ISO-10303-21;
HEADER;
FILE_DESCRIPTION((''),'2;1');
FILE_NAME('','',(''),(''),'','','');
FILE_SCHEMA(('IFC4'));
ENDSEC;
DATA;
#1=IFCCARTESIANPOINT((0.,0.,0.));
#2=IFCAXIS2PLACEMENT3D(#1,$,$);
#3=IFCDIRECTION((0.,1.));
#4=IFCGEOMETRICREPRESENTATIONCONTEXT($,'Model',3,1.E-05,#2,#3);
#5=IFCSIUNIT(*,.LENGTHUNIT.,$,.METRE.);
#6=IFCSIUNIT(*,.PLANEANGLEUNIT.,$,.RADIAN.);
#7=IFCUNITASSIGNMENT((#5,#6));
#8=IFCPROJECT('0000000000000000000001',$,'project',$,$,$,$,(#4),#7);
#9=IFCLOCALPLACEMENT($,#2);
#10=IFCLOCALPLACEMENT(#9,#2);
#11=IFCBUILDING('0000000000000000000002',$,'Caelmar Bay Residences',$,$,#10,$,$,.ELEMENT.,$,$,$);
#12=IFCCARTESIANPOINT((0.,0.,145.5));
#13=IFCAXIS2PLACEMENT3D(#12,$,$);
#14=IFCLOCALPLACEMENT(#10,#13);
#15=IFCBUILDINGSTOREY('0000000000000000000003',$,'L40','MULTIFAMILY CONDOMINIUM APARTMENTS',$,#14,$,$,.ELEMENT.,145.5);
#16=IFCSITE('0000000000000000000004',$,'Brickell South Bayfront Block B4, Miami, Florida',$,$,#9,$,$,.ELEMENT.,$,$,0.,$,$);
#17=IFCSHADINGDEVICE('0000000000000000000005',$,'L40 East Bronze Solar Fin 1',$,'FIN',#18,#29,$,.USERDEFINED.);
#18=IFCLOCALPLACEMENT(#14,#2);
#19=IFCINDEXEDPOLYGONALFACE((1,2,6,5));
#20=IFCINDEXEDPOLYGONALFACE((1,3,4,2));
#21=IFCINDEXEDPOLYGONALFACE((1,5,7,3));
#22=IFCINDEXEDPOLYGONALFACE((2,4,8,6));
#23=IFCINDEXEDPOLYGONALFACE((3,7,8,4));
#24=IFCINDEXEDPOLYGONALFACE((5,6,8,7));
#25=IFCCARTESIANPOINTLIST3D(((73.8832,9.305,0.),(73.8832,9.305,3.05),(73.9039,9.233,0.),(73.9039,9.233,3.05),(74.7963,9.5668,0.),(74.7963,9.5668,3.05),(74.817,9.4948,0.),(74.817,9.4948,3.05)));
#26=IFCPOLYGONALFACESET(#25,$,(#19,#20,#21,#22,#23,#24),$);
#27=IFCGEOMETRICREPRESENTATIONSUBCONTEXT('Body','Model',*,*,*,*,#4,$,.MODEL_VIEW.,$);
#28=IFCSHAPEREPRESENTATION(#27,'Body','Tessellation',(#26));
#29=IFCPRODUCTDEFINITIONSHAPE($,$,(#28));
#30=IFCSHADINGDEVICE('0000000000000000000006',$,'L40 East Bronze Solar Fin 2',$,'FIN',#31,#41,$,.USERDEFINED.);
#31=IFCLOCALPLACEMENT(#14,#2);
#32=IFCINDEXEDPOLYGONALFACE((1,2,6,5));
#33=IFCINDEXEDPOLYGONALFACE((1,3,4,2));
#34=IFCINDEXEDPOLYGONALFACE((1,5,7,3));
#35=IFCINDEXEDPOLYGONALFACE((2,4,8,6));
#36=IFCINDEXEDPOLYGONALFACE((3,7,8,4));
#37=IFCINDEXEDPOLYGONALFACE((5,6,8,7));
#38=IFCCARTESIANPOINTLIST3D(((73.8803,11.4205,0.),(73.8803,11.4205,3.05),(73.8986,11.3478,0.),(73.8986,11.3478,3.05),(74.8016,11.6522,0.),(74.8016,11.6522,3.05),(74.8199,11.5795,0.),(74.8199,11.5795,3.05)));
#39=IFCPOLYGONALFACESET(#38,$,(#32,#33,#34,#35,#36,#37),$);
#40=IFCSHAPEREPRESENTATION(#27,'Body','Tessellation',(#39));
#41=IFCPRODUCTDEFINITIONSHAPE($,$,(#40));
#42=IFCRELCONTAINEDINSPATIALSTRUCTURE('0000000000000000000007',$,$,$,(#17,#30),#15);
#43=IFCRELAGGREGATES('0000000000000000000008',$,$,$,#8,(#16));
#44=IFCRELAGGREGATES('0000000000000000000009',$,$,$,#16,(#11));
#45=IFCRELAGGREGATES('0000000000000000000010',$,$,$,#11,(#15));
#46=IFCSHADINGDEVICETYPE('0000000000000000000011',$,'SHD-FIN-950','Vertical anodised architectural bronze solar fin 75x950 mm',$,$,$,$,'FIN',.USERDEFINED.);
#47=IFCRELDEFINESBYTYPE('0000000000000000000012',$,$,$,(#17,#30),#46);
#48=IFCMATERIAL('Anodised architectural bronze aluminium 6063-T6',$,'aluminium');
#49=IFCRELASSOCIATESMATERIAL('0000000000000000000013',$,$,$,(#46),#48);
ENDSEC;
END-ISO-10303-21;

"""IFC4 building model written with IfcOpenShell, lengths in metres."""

from ifc_helpers import new_model, si_unit, direction, frame, origin, origin_2d, place, context, subcontext, project, spatial, rectangle, extrude, material, material_profile, profile_set, type_object, element, save


model = new_model("IFC4")

# Units and contexts
model_context = context("Model", 3, precision=1e-05, world=origin(), true_north=direction((0.0, 1.0)))
body_context = subcontext(model_context, "Body", "Model", "MODEL_VIEW")
ifc_project = project(units=[si_unit("LENGTHUNIT", "METRE"), si_unit("PLANEANGLEUNIT", "RADIAN")], contexts=[model_context])

# Site, building, storey
site_placement = place(None, origin())
site = spatial("IfcSite", under=ifc_project, at=site_placement, Name="Brickell South Bayfront Block B4, Miami, Florida", CompositionType="ELEMENT", RefElevation=0.0)
building_placement = place(site_placement, origin())
building = spatial("IfcBuilding", under=site, at=building_placement, Name="Caelmar Bay Residences", CompositionType="ELEMENT")
storey_placement = place(building_placement, frame((0.0, 0.0, 145.5)))
storey = spatial("IfcBuildingStorey", under=building, at=storey_placement, Name="L40", Description="MULTIFAMILY CONDOMINIUM APARTMENTS", CompositionType="ELEMENT", Elevation=145.5)

# Shading devices
ifc_material_1 = material(Name="Anodised architectural bronze aluminium 6063-T6", Category="aluminium")
ifc_material_profile_1 = material_profile(ifc_material_1, rectangle(XDim=0.075, YDim=0.95, at=origin_2d()), Name="BRONZE-FIN-75X950")
ifc_profile_set_1 = profile_set([ifc_material_profile_1], Name="Anodised architectural bronze aluminium 6063-T6")
shading_device_type = type_object("IfcShadingDeviceType", Name="SHD-FIN-950", Description="Vertical anodised architectural bronze solar fin 75x950 mm", ElementType="FIN", PredefinedType="USERDEFINED", material=ifc_profile_set_1)
for number, where, z_axis, x_axis, name in (
    (1, (74.3501, 9.3999, 0.0), (0.0, 0.0, 1.0), (-0.275637, 0.961262, 0.0), "L40 East Bronze Solar Fin 1"),
    (2, (74.3501, 11.5, 0.0), (0.0, 0.0, 1.0), (-0.243954, 0.969787, 0.0), "L40 East Bronze Solar Fin 2"),
):
    element("IfcShadingDevice", number, at=place(storey_placement, frame(where, z_axis=z_axis, x_axis=x_axis)), inside=storey, type_object=shading_device_type, Name=name, ObjectType="FIN", PredefinedType="USERDEFINED", context=body_context, shape_type="SweptSolid", body=[
        extrude(rectangle(XDim=0.075, YDim=0.95, at=origin_2d()), origin(), (0.0, 0.0, 1.0), 3.05),
    ])

save(model, "model.ifc")
